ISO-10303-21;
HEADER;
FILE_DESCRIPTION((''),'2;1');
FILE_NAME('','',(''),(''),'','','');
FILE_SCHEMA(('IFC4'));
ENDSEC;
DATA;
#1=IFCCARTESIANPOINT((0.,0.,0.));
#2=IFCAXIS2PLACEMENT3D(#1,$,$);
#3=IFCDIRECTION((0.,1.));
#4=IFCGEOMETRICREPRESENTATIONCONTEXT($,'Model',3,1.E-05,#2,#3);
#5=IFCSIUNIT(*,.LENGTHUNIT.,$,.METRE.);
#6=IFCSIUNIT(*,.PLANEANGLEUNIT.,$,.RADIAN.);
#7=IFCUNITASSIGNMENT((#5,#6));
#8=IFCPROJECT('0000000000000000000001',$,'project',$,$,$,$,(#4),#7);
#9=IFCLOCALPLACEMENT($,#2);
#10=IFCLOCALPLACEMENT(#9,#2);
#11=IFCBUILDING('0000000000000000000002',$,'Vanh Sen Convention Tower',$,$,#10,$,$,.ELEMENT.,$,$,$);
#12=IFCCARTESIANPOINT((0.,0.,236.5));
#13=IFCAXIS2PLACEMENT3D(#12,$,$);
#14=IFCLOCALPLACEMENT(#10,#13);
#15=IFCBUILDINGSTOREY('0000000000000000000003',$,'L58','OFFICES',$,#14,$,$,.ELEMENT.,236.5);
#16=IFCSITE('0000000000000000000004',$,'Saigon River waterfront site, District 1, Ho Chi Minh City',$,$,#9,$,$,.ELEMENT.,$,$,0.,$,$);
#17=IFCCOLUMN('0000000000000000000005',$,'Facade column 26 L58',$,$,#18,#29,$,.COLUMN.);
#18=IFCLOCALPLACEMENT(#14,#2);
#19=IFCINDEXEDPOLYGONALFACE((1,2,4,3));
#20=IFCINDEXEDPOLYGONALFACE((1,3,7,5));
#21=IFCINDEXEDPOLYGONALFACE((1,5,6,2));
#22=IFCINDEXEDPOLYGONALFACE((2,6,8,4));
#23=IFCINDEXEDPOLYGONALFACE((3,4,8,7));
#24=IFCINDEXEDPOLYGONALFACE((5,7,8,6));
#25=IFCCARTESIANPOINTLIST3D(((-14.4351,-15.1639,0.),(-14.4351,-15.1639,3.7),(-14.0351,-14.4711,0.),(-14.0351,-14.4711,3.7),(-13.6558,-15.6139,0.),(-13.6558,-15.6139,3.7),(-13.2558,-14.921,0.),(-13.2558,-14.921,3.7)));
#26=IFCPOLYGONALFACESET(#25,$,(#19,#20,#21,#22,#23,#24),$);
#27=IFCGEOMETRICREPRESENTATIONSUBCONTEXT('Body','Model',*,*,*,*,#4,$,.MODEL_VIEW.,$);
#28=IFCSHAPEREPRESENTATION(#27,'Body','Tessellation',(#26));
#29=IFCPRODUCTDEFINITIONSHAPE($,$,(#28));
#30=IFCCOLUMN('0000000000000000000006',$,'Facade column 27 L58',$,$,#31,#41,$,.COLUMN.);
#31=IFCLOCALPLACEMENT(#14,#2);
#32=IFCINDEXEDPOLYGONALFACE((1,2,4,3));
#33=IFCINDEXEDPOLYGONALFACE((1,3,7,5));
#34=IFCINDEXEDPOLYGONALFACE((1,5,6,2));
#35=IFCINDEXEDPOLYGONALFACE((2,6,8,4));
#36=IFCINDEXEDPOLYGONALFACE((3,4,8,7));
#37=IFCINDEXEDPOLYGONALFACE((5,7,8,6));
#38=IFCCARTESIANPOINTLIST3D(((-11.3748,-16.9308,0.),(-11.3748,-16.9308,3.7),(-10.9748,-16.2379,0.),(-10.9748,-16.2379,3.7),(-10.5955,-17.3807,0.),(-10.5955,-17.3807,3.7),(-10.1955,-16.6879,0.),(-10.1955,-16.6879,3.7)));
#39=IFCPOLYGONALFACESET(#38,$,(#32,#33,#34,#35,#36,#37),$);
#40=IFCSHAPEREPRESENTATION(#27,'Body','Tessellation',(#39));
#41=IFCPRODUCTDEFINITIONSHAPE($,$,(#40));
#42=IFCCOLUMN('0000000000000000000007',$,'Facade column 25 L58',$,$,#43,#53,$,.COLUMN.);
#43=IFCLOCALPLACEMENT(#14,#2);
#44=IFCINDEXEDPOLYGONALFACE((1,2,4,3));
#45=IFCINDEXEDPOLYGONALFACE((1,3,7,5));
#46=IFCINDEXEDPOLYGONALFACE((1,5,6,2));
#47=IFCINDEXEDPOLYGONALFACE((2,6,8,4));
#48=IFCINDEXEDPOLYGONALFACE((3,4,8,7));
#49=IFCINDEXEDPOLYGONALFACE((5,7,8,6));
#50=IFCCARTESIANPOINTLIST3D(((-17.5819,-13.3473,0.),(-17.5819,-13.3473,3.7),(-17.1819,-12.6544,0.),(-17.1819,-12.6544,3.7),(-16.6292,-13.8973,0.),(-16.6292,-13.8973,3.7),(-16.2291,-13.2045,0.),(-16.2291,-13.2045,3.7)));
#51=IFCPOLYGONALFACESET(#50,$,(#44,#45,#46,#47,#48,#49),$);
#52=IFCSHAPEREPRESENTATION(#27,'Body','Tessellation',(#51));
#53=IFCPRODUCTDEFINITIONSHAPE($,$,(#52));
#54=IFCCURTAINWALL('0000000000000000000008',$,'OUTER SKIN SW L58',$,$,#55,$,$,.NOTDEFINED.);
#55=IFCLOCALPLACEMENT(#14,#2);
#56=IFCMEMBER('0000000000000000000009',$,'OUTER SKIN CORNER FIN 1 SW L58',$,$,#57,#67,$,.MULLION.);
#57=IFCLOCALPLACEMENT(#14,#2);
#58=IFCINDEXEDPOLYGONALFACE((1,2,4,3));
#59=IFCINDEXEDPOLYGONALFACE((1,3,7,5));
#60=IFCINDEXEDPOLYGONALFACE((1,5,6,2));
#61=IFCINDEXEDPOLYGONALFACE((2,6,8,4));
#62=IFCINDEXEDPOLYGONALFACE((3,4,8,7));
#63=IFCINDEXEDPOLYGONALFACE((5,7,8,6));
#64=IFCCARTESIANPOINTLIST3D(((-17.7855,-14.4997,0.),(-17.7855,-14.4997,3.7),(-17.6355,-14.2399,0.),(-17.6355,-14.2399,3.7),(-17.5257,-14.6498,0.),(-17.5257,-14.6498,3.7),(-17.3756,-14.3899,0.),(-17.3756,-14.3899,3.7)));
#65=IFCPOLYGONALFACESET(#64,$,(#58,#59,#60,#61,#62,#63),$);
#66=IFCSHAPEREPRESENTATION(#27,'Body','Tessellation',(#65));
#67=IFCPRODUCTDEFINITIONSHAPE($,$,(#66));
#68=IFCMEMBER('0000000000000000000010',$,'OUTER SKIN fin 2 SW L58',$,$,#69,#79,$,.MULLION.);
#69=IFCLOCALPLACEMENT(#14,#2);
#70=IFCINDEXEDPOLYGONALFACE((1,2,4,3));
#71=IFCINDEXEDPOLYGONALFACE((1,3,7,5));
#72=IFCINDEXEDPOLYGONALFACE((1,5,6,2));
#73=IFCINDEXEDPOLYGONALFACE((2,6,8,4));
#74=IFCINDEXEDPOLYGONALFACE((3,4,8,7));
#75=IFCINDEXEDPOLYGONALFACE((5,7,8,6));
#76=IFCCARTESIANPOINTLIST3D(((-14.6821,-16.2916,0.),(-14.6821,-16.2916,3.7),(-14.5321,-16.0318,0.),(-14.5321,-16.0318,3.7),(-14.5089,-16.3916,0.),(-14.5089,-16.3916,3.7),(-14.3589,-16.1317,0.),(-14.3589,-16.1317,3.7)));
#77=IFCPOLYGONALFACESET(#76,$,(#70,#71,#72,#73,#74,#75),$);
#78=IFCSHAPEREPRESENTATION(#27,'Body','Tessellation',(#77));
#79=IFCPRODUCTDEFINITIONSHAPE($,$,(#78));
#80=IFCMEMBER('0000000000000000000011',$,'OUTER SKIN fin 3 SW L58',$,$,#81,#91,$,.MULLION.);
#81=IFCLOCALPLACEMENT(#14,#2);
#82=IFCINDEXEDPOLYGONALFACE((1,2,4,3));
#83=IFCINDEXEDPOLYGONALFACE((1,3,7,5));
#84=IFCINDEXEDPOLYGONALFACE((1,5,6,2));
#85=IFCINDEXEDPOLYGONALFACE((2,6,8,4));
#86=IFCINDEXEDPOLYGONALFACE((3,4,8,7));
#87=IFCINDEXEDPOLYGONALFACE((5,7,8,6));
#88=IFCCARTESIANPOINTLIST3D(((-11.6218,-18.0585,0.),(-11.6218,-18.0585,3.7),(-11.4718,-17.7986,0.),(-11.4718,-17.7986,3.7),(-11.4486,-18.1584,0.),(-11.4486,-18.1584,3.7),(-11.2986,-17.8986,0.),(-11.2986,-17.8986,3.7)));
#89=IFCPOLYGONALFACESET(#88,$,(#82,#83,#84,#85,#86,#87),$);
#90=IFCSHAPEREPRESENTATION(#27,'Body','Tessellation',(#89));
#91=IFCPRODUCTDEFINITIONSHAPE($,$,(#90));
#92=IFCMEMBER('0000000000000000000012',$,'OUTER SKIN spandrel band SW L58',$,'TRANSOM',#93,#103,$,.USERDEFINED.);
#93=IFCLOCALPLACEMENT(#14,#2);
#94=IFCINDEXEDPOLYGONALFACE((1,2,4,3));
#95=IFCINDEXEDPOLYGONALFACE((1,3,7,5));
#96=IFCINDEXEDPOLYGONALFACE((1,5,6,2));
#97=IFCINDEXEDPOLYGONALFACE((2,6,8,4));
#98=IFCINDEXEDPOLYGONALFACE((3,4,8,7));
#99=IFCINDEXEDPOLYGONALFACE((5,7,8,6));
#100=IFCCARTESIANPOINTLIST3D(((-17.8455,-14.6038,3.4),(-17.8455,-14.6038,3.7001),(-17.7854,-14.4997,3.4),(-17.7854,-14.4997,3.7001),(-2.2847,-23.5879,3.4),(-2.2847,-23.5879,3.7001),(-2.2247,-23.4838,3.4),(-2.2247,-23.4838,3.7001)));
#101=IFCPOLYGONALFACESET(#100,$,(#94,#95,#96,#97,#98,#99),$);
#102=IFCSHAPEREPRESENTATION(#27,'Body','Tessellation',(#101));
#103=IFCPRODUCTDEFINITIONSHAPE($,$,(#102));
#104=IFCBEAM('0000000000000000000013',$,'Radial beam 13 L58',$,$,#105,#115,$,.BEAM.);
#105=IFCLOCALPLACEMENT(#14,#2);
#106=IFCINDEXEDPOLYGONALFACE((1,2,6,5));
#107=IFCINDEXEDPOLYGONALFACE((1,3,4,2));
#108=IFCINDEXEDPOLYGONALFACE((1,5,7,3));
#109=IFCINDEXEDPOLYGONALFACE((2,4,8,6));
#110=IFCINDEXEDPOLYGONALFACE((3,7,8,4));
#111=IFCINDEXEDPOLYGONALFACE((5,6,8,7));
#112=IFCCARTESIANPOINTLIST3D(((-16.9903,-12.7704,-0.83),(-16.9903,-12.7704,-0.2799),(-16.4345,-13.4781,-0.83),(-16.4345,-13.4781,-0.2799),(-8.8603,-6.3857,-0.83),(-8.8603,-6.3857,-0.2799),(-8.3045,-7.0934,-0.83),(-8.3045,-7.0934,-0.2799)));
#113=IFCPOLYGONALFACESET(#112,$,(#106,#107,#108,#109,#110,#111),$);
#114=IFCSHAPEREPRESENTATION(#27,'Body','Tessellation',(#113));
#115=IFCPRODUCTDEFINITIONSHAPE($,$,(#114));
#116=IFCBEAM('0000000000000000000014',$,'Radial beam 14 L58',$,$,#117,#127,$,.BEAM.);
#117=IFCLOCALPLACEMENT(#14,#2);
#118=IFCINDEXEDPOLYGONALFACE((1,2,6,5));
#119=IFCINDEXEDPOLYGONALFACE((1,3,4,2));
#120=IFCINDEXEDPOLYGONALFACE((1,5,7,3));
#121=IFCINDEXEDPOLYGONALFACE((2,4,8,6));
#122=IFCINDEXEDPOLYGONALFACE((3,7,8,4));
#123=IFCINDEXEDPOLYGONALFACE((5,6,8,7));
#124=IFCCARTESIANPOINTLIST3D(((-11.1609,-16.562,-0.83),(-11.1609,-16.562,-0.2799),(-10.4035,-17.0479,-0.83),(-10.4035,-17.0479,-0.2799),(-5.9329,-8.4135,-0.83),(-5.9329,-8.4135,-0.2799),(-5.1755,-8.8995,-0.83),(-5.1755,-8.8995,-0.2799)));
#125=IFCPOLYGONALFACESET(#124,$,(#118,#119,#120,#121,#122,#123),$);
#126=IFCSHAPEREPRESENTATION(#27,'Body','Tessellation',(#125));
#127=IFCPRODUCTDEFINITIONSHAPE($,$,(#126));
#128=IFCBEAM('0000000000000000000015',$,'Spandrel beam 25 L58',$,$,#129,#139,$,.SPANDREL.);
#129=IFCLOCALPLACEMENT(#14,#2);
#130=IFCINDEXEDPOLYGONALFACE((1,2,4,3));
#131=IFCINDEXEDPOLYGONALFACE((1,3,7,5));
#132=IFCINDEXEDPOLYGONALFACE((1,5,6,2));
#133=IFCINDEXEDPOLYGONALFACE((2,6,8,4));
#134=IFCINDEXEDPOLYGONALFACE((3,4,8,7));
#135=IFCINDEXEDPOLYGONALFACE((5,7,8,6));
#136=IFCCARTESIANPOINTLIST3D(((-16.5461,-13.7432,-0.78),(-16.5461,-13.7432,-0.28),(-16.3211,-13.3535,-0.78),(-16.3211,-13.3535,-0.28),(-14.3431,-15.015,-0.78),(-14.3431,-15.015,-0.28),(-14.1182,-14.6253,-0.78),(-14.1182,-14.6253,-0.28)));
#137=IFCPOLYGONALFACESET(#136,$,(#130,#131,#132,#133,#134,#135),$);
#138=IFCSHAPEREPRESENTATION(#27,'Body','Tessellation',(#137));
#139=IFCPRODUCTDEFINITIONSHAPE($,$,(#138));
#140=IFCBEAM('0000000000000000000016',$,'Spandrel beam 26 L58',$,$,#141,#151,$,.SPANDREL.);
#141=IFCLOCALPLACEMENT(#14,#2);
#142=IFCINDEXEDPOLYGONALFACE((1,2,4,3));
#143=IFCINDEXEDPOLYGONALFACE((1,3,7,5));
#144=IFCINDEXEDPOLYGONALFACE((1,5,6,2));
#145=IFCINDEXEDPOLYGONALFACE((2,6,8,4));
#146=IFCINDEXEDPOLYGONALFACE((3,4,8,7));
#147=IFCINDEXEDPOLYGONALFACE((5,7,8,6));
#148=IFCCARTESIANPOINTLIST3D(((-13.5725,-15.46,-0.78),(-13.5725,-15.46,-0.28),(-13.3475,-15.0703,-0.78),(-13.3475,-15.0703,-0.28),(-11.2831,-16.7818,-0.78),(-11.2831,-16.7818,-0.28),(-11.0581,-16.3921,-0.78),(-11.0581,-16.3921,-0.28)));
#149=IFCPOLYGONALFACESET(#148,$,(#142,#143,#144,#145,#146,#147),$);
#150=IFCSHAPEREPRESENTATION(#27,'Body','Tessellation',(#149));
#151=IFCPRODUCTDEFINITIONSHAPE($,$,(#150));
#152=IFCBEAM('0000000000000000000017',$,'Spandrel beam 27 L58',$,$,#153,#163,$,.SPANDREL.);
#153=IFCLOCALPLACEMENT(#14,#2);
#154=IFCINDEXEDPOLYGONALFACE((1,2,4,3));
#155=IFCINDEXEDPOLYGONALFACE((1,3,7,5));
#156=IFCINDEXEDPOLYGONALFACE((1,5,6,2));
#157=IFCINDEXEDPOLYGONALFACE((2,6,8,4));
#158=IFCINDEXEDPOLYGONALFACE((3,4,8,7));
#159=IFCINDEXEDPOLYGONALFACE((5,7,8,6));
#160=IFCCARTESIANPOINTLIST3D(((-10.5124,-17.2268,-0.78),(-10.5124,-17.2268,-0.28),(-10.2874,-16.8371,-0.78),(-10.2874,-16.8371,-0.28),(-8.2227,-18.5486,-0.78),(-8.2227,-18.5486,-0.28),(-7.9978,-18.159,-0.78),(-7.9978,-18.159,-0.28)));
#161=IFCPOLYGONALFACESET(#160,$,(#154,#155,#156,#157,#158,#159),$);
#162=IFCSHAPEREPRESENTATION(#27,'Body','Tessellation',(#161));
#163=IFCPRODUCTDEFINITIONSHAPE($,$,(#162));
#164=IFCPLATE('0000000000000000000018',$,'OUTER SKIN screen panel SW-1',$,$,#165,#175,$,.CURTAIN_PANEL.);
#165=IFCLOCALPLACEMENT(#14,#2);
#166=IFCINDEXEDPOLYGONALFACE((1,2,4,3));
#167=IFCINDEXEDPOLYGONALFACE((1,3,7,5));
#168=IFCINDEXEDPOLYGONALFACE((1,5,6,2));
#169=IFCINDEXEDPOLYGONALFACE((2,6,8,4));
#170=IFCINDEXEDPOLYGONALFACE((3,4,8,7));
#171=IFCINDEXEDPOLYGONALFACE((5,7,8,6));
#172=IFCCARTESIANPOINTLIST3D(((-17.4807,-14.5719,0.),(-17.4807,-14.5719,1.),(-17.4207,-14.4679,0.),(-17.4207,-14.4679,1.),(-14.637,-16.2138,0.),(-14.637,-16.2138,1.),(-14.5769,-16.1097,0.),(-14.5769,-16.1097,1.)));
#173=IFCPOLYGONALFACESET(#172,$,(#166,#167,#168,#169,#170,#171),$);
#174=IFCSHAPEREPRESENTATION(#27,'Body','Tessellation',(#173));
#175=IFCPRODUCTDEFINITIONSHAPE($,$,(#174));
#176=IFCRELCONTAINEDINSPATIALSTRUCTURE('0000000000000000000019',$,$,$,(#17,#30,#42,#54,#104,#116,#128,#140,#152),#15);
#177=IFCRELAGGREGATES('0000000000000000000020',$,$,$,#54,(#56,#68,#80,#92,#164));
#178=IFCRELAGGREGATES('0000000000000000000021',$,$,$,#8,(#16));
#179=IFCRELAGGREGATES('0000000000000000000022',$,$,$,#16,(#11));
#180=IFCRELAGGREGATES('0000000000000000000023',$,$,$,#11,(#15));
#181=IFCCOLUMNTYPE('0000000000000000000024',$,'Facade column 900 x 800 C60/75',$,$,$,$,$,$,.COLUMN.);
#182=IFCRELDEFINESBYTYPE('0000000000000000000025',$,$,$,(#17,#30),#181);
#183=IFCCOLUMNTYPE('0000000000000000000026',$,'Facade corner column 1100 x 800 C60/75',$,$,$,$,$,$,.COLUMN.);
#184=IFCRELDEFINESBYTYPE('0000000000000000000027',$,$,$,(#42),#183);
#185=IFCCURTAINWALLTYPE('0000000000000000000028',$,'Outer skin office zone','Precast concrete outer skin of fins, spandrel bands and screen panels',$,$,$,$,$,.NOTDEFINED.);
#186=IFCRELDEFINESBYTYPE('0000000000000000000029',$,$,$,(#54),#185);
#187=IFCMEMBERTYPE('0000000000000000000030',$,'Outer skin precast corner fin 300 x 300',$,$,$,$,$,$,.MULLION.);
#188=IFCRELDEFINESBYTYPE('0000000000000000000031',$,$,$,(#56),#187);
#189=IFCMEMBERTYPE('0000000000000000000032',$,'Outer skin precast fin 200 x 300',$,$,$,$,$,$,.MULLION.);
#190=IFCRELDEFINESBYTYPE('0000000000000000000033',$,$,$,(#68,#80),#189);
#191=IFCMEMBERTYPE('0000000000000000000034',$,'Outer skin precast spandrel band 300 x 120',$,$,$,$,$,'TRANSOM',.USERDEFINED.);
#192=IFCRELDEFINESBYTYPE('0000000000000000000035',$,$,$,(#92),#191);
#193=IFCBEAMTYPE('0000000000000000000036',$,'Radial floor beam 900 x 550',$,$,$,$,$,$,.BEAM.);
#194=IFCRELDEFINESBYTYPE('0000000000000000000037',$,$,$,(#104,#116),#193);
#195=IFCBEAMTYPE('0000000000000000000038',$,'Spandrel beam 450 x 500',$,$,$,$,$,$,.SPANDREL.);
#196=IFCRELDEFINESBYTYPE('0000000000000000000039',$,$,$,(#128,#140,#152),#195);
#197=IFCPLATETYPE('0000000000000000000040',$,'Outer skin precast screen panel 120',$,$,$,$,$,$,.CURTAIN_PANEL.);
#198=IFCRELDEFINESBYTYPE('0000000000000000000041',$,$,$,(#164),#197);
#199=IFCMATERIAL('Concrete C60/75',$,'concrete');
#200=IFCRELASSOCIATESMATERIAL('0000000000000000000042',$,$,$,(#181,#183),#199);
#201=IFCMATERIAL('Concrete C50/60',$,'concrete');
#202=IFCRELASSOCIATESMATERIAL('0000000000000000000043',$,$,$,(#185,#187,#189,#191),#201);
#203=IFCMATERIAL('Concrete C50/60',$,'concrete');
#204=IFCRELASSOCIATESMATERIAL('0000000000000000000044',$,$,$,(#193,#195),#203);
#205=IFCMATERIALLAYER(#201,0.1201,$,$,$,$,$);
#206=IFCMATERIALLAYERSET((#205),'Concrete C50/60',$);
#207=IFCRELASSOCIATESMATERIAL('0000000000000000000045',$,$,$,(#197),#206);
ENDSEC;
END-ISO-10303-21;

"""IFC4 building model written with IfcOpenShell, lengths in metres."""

from ifc_helpers import new_model, si_unit, direction, frame, origin, origin_2d, place, context, subcontext, project, spatial, rectangle, extrude, material, layer, layer_set, material_profile, profile_set, type_object, element, aggregate, save


model = new_model("IFC4")

# Units and contexts
model_context = context("Model", 3, precision=1e-05, world=origin(), true_north=direction((0.0, 1.0)))
body_context = subcontext(model_context, "Body", "Model", "MODEL_VIEW")
ifc_project = project(units=[si_unit("LENGTHUNIT", "METRE"), si_unit("PLANEANGLEUNIT", "RADIAN")], contexts=[model_context])

# Site, building, storey
site_placement = place(None, origin())
site = spatial("IfcSite", under=ifc_project, at=site_placement, Name="Saigon River waterfront site, District 1, Ho Chi Minh City", CompositionType="ELEMENT", RefElevation=0.0)
building_placement = place(site_placement, origin())
building = spatial("IfcBuilding", under=site, at=building_placement, Name="Vanh Sen Convention Tower", CompositionType="ELEMENT")
storey_placement = place(building_placement, frame((0.0, 0.0, 236.5)))
storey = spatial("IfcBuildingStorey", under=building, at=storey_placement, Name="L58", Description="OFFICES", CompositionType="ELEMENT", Elevation=236.5)

# Columns
ifc_material_1 = material(Name="Concrete C60/75", Category="concrete")
ifc_material_profile_1 = material_profile(ifc_material_1, rectangle(XDim=0.8999, YDim=0.8, at=origin_2d()), Name="RC 900X800")
ifc_profile_set_1 = profile_set([ifc_material_profile_1], Name="Concrete C60/75")
column_type_1 = type_object("IfcColumnType", Name="Facade column 900 x 800 C60/75", PredefinedType="COLUMN", material=ifc_profile_set_1)
for number, where, z_axis, x_axis, name in (
    (1, (-13.8455, -15.0425, 0.0), (0.0, 0.0, 1.0), (0.866025, -0.5, 0.0), "Facade column 26 L58"),
    (2, (-10.7852, -16.8093, 0.0), (0.0, 0.0, 1.0), (0.866025, -0.5, 0.0), "Facade column 27 L58"),
):
    element("IfcColumn", number, at=place(storey_placement, frame(where, z_axis=z_axis, x_axis=x_axis)), inside=storey, type_object=column_type_1, Name=name, PredefinedType="COLUMN", context=body_context, shape_type="SweptSolid", body=[
        extrude(rectangle(XDim=0.8999, YDim=0.8, at=origin_2d()), origin(), (0.0, 0.0, 1.0), 3.7),
    ])
ifc_material_profile_2 = material_profile(ifc_material_1, rectangle(XDim=1.1001, YDim=0.8, at=origin_2d()), Name="RC 1100X800")
ifc_profile_set_2 = profile_set([ifc_material_profile_2], Name="Concrete C60/75")
column_type_2 = type_object("IfcColumnType", Name="Facade corner column 1100 x 800 C60/75", PredefinedType="COLUMN", material=ifc_profile_set_2)
column_placement = place(storey_placement, frame((-16.9055, -13.2759, 0.0), z_axis=(0.0, 0.0, 1.0), x_axis=(0.866025, -0.5, 0.0)))
element("IfcColumn", 3, at=column_placement, inside=storey, type_object=column_type_2, Name="Facade column 25 L58", PredefinedType="COLUMN", context=body_context, shape_type="SweptSolid", body=[
    extrude(rectangle(XDim=1.1001, YDim=0.8, at=origin_2d()), origin(), (0.0, 0.0, 1.0), 3.7),
])

# Curtain wall, members
ifc_material_2 = material(Name="Concrete C50/60", Category="concrete")
curtain_wall_type = type_object("IfcCurtainWallType", Name="Outer skin office zone", Description="Precast concrete outer skin of fins, spandrel bands and screen panels", PredefinedType="NOTDEFINED", material=ifc_material_2)
curtain_wall_placement = place(storey_placement, origin())
curtain_wall = element("IfcCurtainWall", 4, at=curtain_wall_placement, inside=storey, type_object=curtain_wall_type, Name="OUTER SKIN SW L58", PredefinedType="NOTDEFINED")
ifc_material_profile_3 = material_profile(ifc_material_2, rectangle(XDim=0.3, YDim=0.3, at=origin_2d()), Name="Outer skin precast corner fin 300 x 300")
ifc_profile_set_3 = profile_set([ifc_material_profile_3], Name="Concrete C50/60")
member_type_1 = type_object("IfcMemberType", Name="Outer skin precast corner fin 300 x 300", PredefinedType="MULLION", material=ifc_profile_set_3)
member_1_placement = place(storey_placement, frame((-17.5806, -14.4448, 0.0), z_axis=(0.0, 0.0, 1.0), x_axis=(0.866025, -0.5, 0.0)))
member_1 = element("IfcMember", 5, at=member_1_placement, type_object=member_type_1, Name="OUTER SKIN CORNER FIN 1 SW L58", PredefinedType="MULLION", context=body_context, shape_type="SweptSolid", body=[
    extrude(rectangle(XDim=0.3, YDim=0.3, at=origin_2d()), origin(), (0.0, 0.0, 1.0), 3.7),
])
ifc_material_profile_4 = material_profile(ifc_material_2, rectangle(XDim=0.2, YDim=0.3, at=origin_2d()), Name="Outer skin precast fin 200 x 300")
ifc_profile_set_4 = profile_set([ifc_material_profile_4], Name="Concrete C50/60")
member_type_2 = type_object("IfcMemberType", Name="Outer skin precast fin 200 x 300", PredefinedType="MULLION", material=ifc_profile_set_4)
member_2_placement = place(storey_placement, frame((-14.5205, -16.2117, 0.0), z_axis=(0.0, 0.0, 1.0), x_axis=(0.866025, -0.5, 0.0)))
member_2 = element("IfcMember", 6, at=member_2_placement, type_object=member_type_2, Name="OUTER SKIN fin 2 SW L58", PredefinedType="MULLION", context=body_context, shape_type="SweptSolid", body=[
    extrude(rectangle(XDim=0.2, YDim=0.3, at=origin_2d()), origin(), (0.0, 0.0, 1.0), 3.7),
])
member_3_placement = place(storey_placement, frame((-11.4602, -17.9785, 0.0), z_axis=(0.0, 0.0, 1.0), x_axis=(0.866025, -0.5, 0.0)))
member_3 = element("IfcMember", 7, at=member_3_placement, type_object=member_type_2, Name="OUTER SKIN fin 3 SW L58", PredefinedType="MULLION", context=body_context, shape_type="SweptSolid", body=[
    extrude(rectangle(XDim=0.2, YDim=0.3, at=origin_2d()), origin(), (0.0, 0.0, 1.0), 3.7),
])
ifc_material_profile_5 = material_profile(ifc_material_2, rectangle(XDim=0.1201, YDim=0.3, at=origin_2d()), Name="Outer skin precast spandrel band 300 x 120")
ifc_profile_set_5 = profile_set([ifc_material_profile_5], Name="Concrete C50/60")
member_type_3 = type_object("IfcMemberType", Name="Outer skin precast spandrel band 300 x 120", ElementType="TRANSOM", PredefinedType="USERDEFINED", material=ifc_profile_set_5)
member_4_placement = place(storey_placement, frame((-17.8154, -14.5518, 3.55), z_axis=(0.866023, -0.500004, 0.0), x_axis=(0.500004, 0.866023, 0.0)))
member_4 = element("IfcMember", 8, at=member_4_placement, type_object=member_type_3, Name="OUTER SKIN spandrel band SW L58", ObjectType="TRANSOM", PredefinedType="USERDEFINED", context=body_context, shape_type="SweptSolid", body=[
    extrude(rectangle(XDim=0.1201, YDim=0.3, at=origin_2d()), origin(), (0.0, 0.0, 1.0), 17.968),
])

# Beams
ifc_material_3 = material(Name="Concrete C50/60", Category="concrete")
ifc_material_profile_6 = material_profile(ifc_material_3, rectangle(XDim=0.8999, YDim=0.55, at=origin_2d()), Name="RC 900X550")
ifc_profile_set_6 = profile_set([ifc_material_profile_6], Name="Concrete C50/60")
beam_type_1 = type_object("IfcBeamType", Name="Radial floor beam 900 x 550", PredefinedType="BEAM", material=ifc_profile_set_6)
beam_1_placement = place(storey_placement, frame((-16.7124, -13.1243, -0.5549), z_axis=(0.786468, 0.617631, 0.0), x_axis=(-0.617631, 0.786468, 0.0)))
element("IfcBeam", 9, at=beam_1_placement, inside=storey, type_object=beam_type_1, Name="Radial beam 13 L58", PredefinedType="BEAM", context=body_context, shape_type="SweptSolid", body=[
    extrude(rectangle(XDim=0.8999, YDim=0.55, at=origin_2d()), origin(), (0.0, 0.0, 1.0), 10.3374),
])
beam_2_placement = place(storey_placement, frame((-10.7822, -16.8049, -0.5549), z_axis=(0.540008, 0.84166, 0.0), x_axis=(-0.84166, 0.540008, 0.0)))
element("IfcBeam", 10, at=beam_2_placement, inside=storey, type_object=beam_type_1, Name="Radial beam 14 L58", PredefinedType="BEAM", context=body_context, shape_type="SweptSolid", body=[
    extrude(rectangle(XDim=0.8999, YDim=0.55, at=origin_2d()), origin(), (0.0, 0.0, 1.0), 9.6814),
])
ifc_material_profile_7 = material_profile(ifc_material_3, rectangle(XDim=0.45, YDim=0.5, at=origin_2d()), Name="RC 450X500")
ifc_profile_set_7 = profile_set([ifc_material_profile_7], Name="Concrete C50/60")
beam_type_2 = type_object("IfcBeamType", Name="Spandrel beam 450 x 500", PredefinedType="SPANDREL", material=ifc_profile_set_7)
beam_3_placement = place(storey_placement, frame((-16.4336, -13.5483, -0.53), z_axis=(0.866043, -0.499969, 0.0), x_axis=(0.499969, 0.866043, 0.0)))
element("IfcBeam", 11, at=beam_3_placement, inside=storey, type_object=beam_type_2, Name="Spandrel beam 25 L58", PredefinedType="SPANDREL", context=body_context, shape_type="SweptSolid", body=[
    extrude(rectangle(XDim=0.45, YDim=0.5, at=origin_2d()), origin(), (0.0, 0.0, 1.0), 2.5437),
])
beam_4_placement = place(storey_placement, frame((-13.46, -15.2651, -0.53), z_axis=(0.866018, -0.500013, 0.0), x_axis=(0.500013, 0.866018, 0.0)))
element("IfcBeam", 12, at=beam_4_placement, inside=storey, type_object=beam_type_2, Name="Spandrel beam 26 L58", PredefinedType="SPANDREL", context=body_context, shape_type="SweptSolid", body=[
    extrude(rectangle(XDim=0.45, YDim=0.5, at=origin_2d()), origin(), (0.0, 0.0, 1.0), 2.6436),
])
beam_5_placement = place(storey_placement, frame((-10.3999, -17.032, -0.53), z_axis=(0.866041, -0.499973, 0.0), x_axis=(0.499973, 0.866041, 0.0)))
element("IfcBeam", 13, at=beam_5_placement, inside=storey, type_object=beam_type_2, Name="Spandrel beam 27 L58", PredefinedType="SPANDREL", context=body_context, shape_type="SweptSolid", body=[
    extrude(rectangle(XDim=0.45, YDim=0.5, at=origin_2d()), origin(), (0.0, 0.0, 1.0), 2.6438),
])

# Plate
ifc_layer_1 = layer(ifc_material_2, 0.1201)
ifc_layer_set_1 = layer_set([ifc_layer_1], Name="Concrete C50/60")
plate_type = type_object("IfcPlateType", Name="Outer skin precast screen panel 120", PredefinedType="CURTAIN_PANEL", material=ifc_layer_set_1)
plate_1_placement = place(storey_placement, frame((-16.0288, -15.3408, 0.0), z_axis=(0.0, 0.0, 1.0), x_axis=(0.866026, -0.499998, 0.0)))
plate_1 = element("IfcPlate", 14, at=plate_1_placement, type_object=plate_type, Name="OUTER SKIN screen panel SW-1", PredefinedType="CURTAIN_PANEL", context=body_context, shape_type="SweptSolid", body=[
    extrude(rectangle(XDim=3.2837, YDim=0.1201, at=origin_2d()), origin(), (0.0, 0.0, 1.0), 1.0),
])
aggregate(curtain_wall, [member_1, member_2, member_3, member_4, plate_1])

save(model, "model.ifc")
